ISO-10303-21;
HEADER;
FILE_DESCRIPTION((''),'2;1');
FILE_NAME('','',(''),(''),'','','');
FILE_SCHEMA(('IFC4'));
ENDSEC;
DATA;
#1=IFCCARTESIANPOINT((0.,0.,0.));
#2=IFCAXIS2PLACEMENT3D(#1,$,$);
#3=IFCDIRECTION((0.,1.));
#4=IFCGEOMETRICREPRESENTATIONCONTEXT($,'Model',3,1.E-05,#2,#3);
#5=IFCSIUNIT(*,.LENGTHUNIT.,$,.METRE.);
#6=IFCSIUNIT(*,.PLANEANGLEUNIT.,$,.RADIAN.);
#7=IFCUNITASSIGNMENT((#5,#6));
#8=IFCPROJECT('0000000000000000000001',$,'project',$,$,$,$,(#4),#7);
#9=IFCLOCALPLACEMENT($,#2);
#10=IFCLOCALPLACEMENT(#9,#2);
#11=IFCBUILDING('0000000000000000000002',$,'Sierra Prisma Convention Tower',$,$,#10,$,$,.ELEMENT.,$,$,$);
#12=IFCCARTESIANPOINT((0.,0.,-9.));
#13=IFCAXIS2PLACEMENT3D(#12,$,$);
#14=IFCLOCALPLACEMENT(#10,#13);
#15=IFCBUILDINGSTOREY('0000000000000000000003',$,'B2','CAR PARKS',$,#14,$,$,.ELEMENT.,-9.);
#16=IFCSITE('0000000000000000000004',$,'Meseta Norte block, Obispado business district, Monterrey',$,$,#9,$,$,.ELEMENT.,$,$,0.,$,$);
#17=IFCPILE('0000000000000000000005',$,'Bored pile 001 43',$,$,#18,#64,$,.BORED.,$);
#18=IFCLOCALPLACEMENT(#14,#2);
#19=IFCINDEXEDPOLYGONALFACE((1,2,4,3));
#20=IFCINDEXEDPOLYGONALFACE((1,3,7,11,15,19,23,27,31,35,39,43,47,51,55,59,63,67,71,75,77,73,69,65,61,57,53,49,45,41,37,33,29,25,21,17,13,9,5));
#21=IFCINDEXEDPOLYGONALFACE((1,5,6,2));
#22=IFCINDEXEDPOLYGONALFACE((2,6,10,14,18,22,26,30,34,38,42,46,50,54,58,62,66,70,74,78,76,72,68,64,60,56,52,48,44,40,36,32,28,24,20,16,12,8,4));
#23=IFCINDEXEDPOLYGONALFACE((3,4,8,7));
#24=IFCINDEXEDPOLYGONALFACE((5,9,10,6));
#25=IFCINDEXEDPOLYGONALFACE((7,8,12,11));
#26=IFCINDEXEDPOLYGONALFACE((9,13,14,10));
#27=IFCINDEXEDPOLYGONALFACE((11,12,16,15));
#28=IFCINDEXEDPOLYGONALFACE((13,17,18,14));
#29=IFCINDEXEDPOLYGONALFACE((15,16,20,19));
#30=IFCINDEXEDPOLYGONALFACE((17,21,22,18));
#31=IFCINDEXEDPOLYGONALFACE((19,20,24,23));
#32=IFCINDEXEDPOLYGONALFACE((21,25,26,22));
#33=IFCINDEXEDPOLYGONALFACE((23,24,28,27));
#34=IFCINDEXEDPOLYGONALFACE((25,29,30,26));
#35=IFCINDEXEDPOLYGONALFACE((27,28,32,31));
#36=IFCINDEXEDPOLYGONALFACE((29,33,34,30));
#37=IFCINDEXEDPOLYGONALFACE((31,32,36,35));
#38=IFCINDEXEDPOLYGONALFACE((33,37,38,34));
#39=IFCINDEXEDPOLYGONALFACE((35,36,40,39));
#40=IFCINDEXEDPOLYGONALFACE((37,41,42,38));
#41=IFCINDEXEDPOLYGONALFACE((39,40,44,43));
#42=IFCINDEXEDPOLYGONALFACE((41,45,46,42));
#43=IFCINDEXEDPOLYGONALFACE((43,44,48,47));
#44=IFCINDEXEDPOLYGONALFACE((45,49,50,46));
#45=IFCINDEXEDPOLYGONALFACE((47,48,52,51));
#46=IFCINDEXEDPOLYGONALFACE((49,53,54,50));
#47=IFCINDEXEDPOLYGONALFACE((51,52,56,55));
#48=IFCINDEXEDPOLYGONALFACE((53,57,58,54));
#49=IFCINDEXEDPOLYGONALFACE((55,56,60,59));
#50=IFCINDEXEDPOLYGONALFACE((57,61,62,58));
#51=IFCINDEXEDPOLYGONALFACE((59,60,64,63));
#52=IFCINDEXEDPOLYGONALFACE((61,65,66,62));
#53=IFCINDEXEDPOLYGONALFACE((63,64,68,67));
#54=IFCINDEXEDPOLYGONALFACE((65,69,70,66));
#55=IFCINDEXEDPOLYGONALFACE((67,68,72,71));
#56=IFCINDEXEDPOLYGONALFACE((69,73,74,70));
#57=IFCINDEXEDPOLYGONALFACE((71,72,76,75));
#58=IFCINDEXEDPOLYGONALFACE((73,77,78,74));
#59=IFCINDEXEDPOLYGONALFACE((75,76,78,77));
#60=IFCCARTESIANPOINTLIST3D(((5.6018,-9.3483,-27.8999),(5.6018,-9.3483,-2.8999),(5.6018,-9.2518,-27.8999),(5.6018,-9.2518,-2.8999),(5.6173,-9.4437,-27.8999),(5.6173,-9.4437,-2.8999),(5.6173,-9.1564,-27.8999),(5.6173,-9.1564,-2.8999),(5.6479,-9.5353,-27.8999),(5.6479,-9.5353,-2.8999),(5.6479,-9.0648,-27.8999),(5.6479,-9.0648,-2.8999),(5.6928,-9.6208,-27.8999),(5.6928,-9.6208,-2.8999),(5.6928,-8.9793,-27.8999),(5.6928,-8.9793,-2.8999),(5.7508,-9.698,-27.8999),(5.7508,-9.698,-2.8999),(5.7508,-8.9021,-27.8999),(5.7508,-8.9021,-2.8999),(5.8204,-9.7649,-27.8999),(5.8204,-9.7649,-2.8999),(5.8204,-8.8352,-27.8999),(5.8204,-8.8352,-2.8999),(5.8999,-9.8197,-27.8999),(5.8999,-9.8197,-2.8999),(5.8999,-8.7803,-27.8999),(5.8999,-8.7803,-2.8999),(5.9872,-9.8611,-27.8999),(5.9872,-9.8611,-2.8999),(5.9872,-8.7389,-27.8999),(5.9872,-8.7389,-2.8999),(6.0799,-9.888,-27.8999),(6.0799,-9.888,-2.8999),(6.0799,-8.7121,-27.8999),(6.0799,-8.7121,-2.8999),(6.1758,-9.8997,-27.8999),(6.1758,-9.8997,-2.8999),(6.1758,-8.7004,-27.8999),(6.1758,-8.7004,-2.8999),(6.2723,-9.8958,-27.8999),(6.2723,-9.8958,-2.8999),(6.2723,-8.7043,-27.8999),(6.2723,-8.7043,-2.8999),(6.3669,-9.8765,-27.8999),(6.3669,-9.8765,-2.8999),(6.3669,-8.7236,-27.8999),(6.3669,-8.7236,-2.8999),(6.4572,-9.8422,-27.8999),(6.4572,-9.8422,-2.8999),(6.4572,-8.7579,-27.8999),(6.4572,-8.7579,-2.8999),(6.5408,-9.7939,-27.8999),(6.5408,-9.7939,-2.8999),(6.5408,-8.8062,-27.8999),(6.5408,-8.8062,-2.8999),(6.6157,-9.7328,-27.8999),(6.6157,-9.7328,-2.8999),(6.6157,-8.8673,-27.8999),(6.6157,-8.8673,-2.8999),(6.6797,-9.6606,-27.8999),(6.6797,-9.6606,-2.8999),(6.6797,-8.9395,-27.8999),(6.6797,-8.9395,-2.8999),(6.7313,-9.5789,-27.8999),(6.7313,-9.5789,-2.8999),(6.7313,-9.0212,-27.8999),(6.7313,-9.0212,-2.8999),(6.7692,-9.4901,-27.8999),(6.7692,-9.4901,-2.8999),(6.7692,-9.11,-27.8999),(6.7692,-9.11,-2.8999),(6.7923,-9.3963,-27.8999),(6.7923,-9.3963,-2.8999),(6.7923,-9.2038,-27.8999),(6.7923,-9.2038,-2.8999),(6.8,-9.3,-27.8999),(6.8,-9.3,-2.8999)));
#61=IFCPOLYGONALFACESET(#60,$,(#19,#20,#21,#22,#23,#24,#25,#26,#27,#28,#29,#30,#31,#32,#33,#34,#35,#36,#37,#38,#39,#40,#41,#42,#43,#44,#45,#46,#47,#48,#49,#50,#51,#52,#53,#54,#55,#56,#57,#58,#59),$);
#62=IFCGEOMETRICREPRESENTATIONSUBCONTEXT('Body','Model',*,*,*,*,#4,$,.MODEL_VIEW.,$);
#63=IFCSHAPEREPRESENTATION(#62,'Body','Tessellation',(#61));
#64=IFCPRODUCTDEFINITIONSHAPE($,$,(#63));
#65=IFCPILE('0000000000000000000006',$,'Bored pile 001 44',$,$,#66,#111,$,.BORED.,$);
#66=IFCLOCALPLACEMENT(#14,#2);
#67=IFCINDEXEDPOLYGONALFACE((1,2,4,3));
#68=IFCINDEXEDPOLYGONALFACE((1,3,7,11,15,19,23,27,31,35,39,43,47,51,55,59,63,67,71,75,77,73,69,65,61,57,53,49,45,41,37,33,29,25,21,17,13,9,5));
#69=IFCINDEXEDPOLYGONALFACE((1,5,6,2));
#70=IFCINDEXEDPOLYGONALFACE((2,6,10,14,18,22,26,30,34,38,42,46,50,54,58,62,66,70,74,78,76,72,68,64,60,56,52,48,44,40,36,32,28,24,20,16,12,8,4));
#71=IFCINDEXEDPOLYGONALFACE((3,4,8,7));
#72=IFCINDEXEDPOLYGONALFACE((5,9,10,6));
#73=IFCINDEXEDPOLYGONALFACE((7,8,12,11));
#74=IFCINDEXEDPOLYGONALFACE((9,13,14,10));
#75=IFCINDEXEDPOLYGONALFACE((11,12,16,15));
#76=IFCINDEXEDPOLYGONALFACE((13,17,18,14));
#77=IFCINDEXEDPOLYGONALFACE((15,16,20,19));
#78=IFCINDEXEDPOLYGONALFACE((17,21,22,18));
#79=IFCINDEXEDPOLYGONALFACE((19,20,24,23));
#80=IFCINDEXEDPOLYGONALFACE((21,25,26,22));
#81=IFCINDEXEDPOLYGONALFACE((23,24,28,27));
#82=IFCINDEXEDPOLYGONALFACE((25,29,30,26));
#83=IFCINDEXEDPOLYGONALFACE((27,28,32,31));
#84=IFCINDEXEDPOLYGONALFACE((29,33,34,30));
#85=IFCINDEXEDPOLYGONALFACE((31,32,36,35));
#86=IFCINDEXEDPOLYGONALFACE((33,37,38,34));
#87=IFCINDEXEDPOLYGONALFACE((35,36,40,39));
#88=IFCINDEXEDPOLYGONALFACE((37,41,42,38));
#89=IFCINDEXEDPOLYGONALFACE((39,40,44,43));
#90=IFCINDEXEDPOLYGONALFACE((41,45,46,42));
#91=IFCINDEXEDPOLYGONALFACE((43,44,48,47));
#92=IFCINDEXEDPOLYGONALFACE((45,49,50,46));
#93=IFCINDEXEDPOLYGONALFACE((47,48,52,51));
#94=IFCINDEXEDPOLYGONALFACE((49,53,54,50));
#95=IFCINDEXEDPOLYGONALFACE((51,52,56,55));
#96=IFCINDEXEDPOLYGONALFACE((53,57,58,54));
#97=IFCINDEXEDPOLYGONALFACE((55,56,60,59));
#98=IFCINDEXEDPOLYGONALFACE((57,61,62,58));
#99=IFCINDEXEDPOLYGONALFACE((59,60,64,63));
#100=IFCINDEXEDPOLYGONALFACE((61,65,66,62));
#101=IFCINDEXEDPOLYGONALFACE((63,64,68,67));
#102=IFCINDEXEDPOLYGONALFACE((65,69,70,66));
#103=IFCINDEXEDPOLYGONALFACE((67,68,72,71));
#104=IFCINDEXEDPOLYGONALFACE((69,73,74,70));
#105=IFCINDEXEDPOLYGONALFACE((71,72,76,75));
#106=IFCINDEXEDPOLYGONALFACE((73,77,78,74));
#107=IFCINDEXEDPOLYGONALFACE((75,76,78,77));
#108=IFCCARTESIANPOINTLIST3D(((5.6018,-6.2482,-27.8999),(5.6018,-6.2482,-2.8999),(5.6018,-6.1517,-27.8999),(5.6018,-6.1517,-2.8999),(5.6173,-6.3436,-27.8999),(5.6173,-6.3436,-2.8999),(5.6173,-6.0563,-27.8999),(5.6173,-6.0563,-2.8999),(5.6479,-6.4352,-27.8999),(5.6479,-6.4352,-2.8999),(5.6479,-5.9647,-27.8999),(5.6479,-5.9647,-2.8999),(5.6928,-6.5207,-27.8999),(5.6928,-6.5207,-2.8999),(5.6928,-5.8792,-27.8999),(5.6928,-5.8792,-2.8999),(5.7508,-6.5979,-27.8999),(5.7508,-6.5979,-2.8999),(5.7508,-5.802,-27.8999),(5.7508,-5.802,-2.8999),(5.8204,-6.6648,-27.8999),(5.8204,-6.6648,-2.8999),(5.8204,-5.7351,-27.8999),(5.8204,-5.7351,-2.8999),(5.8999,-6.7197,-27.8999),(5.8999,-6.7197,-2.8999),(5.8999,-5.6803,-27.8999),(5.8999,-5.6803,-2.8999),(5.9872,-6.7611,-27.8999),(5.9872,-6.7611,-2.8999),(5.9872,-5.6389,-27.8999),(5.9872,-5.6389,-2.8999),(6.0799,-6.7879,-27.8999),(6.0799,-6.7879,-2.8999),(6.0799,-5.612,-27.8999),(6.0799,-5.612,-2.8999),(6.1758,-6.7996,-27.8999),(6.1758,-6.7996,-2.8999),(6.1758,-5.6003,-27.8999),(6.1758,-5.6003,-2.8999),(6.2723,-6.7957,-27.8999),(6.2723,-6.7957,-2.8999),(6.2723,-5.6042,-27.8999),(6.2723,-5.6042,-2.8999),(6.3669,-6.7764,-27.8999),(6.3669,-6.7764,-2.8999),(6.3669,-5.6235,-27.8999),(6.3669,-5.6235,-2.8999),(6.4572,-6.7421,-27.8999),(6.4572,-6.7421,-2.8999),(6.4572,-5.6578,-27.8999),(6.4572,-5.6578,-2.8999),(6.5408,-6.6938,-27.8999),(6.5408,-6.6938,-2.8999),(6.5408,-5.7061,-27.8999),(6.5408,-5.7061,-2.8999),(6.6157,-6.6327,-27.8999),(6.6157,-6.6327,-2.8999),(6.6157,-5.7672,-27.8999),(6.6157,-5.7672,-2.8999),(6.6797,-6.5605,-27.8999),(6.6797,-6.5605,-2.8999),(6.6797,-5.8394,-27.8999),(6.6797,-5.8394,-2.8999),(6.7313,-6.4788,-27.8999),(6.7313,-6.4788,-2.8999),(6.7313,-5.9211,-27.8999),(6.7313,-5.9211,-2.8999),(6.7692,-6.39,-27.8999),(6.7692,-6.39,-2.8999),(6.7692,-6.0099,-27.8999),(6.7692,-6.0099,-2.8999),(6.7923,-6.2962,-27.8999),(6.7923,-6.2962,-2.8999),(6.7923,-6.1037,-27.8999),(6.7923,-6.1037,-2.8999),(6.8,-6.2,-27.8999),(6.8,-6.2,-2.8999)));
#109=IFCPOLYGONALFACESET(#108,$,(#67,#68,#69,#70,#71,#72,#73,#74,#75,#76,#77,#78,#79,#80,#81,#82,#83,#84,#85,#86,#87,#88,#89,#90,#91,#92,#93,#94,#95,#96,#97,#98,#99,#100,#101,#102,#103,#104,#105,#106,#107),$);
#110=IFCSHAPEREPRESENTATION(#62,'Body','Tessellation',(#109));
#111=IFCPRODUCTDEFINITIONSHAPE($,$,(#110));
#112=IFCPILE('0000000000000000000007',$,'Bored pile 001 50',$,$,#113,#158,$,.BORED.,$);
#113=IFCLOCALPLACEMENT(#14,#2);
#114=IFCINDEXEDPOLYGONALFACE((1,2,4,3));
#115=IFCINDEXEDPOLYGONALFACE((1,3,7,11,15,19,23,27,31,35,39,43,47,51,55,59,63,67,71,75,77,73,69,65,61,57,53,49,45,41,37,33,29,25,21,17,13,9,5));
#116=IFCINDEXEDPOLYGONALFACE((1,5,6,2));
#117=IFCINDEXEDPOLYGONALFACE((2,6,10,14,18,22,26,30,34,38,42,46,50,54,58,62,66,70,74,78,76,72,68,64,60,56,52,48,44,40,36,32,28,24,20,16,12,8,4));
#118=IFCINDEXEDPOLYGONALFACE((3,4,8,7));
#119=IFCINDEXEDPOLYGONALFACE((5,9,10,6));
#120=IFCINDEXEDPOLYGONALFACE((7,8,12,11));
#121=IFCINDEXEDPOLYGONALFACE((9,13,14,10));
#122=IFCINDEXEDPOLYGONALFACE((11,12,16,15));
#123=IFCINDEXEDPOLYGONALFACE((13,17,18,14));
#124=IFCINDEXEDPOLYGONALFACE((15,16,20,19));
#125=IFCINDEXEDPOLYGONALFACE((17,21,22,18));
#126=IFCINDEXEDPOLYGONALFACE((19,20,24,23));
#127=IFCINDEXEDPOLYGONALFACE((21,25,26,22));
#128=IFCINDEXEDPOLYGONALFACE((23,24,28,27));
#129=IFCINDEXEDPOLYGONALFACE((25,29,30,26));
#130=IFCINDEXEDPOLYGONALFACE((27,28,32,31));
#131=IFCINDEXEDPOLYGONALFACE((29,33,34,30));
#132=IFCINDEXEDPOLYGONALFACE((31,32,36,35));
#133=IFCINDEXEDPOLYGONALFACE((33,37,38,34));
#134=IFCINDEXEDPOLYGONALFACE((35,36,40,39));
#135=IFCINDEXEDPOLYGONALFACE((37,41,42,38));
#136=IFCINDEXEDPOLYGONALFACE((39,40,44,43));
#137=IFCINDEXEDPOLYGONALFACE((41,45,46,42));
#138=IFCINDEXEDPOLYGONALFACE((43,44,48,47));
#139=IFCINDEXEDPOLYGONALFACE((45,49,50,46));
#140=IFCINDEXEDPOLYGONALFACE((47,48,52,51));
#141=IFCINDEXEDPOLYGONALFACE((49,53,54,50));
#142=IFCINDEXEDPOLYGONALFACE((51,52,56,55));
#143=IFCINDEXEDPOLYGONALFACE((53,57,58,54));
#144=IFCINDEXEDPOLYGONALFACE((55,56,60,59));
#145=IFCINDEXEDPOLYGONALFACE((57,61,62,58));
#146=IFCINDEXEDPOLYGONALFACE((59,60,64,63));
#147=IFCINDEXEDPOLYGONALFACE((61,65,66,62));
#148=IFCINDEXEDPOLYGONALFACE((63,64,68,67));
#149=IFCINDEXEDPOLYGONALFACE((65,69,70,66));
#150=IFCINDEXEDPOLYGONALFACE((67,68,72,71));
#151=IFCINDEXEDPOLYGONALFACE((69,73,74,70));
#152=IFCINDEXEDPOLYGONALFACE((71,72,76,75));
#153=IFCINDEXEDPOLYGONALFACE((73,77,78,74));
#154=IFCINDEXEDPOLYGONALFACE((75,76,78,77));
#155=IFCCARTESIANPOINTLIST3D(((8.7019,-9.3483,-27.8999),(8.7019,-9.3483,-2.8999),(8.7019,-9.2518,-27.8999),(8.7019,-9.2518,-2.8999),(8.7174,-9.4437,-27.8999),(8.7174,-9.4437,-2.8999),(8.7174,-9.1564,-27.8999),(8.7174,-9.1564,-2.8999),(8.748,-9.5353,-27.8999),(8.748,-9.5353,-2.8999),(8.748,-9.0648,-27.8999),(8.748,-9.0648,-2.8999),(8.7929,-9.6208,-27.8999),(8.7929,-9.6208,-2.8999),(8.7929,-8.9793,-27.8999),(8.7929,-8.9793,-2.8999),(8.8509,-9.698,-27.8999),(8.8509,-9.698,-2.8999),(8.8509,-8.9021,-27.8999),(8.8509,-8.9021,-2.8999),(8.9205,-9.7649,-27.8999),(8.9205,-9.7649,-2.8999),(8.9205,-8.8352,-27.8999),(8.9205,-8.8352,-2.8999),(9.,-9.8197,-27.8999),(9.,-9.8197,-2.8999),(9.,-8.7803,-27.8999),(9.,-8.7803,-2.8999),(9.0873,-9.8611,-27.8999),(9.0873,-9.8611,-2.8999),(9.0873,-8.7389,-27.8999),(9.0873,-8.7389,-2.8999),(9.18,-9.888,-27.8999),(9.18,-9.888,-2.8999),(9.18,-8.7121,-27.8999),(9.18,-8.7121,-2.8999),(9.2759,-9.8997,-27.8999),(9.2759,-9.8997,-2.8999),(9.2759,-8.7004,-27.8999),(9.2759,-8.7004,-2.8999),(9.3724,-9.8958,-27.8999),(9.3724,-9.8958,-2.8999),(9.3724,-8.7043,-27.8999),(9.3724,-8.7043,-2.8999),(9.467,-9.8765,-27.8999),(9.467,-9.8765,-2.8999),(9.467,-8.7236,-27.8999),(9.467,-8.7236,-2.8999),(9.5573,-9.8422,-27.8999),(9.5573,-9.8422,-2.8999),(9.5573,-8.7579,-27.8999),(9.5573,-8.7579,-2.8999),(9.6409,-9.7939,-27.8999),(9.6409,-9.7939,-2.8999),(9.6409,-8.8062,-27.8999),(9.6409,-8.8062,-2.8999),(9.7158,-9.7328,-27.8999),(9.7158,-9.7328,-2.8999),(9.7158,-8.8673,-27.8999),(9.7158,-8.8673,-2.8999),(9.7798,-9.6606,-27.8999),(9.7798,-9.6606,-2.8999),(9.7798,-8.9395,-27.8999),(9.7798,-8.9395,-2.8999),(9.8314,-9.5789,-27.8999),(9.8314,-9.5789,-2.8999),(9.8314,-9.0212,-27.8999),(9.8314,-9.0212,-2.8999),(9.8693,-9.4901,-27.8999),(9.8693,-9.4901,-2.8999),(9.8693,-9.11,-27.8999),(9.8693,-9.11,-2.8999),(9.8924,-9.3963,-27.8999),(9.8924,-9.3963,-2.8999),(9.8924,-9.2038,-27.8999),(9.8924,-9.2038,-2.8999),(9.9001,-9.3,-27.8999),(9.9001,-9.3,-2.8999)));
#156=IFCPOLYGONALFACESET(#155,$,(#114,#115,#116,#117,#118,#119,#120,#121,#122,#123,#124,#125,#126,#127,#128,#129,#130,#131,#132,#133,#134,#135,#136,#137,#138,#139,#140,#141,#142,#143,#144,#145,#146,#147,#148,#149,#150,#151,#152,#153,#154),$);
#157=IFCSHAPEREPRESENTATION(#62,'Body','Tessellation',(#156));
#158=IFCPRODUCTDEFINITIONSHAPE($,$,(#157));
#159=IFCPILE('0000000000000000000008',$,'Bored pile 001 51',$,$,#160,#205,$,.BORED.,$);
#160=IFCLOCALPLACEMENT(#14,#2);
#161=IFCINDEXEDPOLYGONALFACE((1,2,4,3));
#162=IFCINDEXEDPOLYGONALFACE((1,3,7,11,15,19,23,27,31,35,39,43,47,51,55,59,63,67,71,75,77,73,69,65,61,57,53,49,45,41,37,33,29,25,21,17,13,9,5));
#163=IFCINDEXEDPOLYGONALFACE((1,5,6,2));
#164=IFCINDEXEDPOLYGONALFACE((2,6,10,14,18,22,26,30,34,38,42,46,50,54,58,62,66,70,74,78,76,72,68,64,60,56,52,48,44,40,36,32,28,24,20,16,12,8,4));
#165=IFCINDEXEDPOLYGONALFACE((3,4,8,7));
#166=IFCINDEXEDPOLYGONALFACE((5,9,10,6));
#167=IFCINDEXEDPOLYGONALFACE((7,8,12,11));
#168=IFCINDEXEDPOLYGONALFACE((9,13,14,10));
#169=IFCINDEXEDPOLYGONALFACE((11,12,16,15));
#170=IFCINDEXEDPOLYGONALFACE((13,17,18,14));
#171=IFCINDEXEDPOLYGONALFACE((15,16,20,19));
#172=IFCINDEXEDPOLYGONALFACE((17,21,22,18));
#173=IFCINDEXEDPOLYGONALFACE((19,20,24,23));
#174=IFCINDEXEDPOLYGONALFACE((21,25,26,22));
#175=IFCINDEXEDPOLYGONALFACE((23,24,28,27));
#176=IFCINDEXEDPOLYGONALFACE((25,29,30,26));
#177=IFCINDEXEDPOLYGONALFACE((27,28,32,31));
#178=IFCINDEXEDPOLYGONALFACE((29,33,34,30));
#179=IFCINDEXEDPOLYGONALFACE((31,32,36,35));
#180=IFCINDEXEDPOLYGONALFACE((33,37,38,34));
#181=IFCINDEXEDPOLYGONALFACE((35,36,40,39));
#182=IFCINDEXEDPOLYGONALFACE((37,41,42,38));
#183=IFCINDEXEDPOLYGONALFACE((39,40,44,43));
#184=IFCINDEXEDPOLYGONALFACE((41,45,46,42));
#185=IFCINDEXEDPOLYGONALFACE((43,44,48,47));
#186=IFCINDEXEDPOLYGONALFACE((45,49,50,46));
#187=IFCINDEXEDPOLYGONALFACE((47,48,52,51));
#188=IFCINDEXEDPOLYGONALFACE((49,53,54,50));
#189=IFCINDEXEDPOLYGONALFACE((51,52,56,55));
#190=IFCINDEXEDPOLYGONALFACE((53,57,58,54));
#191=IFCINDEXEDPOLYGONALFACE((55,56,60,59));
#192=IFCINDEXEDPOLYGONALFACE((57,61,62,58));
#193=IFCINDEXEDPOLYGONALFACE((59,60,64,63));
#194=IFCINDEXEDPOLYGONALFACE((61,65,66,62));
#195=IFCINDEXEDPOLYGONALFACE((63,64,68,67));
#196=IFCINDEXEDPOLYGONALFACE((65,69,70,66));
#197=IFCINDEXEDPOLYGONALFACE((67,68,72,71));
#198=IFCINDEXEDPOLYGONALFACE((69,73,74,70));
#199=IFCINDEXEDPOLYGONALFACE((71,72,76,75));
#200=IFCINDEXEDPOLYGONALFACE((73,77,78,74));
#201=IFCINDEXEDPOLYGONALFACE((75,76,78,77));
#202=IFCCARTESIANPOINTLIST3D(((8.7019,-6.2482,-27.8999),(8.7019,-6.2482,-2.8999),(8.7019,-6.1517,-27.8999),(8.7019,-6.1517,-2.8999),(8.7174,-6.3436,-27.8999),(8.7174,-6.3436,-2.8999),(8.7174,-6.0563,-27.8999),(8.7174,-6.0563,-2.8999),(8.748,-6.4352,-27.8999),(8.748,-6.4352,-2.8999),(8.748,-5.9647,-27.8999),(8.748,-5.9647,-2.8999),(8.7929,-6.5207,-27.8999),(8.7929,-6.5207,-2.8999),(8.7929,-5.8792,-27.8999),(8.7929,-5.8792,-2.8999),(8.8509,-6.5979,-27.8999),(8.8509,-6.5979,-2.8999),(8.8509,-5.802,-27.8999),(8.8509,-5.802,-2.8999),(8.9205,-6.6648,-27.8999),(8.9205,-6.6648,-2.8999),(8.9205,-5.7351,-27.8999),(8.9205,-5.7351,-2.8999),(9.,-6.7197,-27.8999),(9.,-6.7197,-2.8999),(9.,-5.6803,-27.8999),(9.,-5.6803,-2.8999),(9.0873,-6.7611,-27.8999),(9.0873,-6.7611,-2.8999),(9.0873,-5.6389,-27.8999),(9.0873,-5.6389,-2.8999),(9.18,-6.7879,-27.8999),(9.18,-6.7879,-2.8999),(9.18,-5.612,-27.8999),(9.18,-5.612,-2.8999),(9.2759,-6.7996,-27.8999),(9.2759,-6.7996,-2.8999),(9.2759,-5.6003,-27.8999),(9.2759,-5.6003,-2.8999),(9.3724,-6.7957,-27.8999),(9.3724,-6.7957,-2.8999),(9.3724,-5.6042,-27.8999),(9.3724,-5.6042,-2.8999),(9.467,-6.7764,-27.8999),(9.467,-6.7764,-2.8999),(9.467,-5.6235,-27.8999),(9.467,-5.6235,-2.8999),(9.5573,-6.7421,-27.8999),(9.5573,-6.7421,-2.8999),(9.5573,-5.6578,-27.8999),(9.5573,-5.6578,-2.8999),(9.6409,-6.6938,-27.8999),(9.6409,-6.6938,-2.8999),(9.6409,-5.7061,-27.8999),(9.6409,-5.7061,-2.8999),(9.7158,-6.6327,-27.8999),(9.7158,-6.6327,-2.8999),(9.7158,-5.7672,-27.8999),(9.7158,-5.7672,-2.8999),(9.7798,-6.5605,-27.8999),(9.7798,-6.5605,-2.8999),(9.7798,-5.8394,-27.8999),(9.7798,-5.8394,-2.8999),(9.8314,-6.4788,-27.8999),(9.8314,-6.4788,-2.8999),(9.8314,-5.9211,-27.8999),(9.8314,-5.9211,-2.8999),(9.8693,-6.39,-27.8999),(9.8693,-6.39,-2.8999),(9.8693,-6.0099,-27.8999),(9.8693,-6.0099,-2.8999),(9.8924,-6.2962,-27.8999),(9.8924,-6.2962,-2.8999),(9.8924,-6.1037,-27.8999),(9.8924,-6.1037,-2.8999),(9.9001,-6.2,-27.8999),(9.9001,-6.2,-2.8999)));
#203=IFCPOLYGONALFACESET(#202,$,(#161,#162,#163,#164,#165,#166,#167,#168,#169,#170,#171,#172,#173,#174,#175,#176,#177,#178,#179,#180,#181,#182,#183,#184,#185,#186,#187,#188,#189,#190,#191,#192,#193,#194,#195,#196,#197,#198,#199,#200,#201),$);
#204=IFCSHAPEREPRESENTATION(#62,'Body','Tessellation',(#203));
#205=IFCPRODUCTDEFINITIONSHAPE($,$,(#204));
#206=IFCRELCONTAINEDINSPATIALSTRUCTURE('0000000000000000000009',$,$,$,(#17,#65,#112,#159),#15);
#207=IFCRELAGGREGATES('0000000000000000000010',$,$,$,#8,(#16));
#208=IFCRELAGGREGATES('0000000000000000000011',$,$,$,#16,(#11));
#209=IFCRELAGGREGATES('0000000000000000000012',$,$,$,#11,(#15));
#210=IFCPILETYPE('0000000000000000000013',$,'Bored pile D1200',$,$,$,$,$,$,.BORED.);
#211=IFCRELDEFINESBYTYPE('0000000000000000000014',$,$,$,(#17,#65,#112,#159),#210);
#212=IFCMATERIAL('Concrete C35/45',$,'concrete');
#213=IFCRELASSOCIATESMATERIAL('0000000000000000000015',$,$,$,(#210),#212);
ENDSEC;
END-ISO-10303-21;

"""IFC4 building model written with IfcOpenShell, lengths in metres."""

from ifc_helpers import new_model, si_unit, direction, frame, origin, origin_2d, place, context, subcontext, project, spatial, circle, extrude, material, material_profile, profile_set, type_object, element, save


model = new_model("IFC4")

# Units and contexts
model_context = context("Model", 3, precision=1e-05, world=origin(), true_north=direction((0.0, 1.0)))
body_context = subcontext(model_context, "Body", "Model", "MODEL_VIEW")
ifc_project = project(units=[si_unit("LENGTHUNIT", "METRE"), si_unit("PLANEANGLEUNIT", "RADIAN")], contexts=[model_context])

# Site, building, storey
site_placement = place(None, origin())
site = spatial("IfcSite", under=ifc_project, at=site_placement, Name="Meseta Norte block, Obispado business district, Monterrey", CompositionType="ELEMENT", RefElevation=0.0)
building_placement = place(site_placement, origin())
building = spatial("IfcBuilding", under=site, at=building_placement, Name="Sierra Prisma Convention Tower", CompositionType="ELEMENT")
storey_placement = place(building_placement, frame((0.0, 0.0, -9.0)))
storey = spatial("IfcBuildingStorey", under=building, at=storey_placement, Name="B2", Description="CAR PARKS", CompositionType="ELEMENT", Elevation=-9.0)

# Piles
ifc_material_1 = material(Name="Concrete C35/45", Category="concrete")
ifc_material_profile = material_profile(ifc_material_1, circle(Radius=0.6001, at=origin_2d()), Name="D1200")
ifc_profile_set = profile_set([ifc_material_profile], Name="Concrete C35/45")
pile_type = type_object("IfcPileType", Name="Bored pile D1200", PredefinedType="BORED", material=ifc_profile_set)
for number, where, z_axis, x_axis, name in (
    (1, (6.2, -9.3, -2.8999), (0.0, 0.0, -1.0), (1.0, 0.0, 0.0), "Bored pile 001 43"),
    (2, (6.2, -6.2, -2.8999), (0.0, 0.0, -1.0), (1.0, 0.0, 0.0), "Bored pile 001 44"),
    (3, (9.3, -9.3, -2.8999), (0.0, 0.0, -1.0), (1.0, 0.0, 0.0), "Bored pile 001 50"),
    (4, (9.3, -6.2, -2.8999), (0.0, 0.0, -1.0), (1.0, 0.0, 0.0), "Bored pile 001 51"),
):
    element("IfcPile", number, at=place(storey_placement, frame(where, z_axis=z_axis, x_axis=x_axis)), inside=storey, type_object=pile_type, Name=name, PredefinedType="BORED", context=body_context, shape_type="SweptSolid", body=[
        extrude(circle(Radius=0.6001, at=origin_2d()), origin(), (0.0, 0.0, 1.0), 25.0),
    ])

save(model, "model.ifc")
